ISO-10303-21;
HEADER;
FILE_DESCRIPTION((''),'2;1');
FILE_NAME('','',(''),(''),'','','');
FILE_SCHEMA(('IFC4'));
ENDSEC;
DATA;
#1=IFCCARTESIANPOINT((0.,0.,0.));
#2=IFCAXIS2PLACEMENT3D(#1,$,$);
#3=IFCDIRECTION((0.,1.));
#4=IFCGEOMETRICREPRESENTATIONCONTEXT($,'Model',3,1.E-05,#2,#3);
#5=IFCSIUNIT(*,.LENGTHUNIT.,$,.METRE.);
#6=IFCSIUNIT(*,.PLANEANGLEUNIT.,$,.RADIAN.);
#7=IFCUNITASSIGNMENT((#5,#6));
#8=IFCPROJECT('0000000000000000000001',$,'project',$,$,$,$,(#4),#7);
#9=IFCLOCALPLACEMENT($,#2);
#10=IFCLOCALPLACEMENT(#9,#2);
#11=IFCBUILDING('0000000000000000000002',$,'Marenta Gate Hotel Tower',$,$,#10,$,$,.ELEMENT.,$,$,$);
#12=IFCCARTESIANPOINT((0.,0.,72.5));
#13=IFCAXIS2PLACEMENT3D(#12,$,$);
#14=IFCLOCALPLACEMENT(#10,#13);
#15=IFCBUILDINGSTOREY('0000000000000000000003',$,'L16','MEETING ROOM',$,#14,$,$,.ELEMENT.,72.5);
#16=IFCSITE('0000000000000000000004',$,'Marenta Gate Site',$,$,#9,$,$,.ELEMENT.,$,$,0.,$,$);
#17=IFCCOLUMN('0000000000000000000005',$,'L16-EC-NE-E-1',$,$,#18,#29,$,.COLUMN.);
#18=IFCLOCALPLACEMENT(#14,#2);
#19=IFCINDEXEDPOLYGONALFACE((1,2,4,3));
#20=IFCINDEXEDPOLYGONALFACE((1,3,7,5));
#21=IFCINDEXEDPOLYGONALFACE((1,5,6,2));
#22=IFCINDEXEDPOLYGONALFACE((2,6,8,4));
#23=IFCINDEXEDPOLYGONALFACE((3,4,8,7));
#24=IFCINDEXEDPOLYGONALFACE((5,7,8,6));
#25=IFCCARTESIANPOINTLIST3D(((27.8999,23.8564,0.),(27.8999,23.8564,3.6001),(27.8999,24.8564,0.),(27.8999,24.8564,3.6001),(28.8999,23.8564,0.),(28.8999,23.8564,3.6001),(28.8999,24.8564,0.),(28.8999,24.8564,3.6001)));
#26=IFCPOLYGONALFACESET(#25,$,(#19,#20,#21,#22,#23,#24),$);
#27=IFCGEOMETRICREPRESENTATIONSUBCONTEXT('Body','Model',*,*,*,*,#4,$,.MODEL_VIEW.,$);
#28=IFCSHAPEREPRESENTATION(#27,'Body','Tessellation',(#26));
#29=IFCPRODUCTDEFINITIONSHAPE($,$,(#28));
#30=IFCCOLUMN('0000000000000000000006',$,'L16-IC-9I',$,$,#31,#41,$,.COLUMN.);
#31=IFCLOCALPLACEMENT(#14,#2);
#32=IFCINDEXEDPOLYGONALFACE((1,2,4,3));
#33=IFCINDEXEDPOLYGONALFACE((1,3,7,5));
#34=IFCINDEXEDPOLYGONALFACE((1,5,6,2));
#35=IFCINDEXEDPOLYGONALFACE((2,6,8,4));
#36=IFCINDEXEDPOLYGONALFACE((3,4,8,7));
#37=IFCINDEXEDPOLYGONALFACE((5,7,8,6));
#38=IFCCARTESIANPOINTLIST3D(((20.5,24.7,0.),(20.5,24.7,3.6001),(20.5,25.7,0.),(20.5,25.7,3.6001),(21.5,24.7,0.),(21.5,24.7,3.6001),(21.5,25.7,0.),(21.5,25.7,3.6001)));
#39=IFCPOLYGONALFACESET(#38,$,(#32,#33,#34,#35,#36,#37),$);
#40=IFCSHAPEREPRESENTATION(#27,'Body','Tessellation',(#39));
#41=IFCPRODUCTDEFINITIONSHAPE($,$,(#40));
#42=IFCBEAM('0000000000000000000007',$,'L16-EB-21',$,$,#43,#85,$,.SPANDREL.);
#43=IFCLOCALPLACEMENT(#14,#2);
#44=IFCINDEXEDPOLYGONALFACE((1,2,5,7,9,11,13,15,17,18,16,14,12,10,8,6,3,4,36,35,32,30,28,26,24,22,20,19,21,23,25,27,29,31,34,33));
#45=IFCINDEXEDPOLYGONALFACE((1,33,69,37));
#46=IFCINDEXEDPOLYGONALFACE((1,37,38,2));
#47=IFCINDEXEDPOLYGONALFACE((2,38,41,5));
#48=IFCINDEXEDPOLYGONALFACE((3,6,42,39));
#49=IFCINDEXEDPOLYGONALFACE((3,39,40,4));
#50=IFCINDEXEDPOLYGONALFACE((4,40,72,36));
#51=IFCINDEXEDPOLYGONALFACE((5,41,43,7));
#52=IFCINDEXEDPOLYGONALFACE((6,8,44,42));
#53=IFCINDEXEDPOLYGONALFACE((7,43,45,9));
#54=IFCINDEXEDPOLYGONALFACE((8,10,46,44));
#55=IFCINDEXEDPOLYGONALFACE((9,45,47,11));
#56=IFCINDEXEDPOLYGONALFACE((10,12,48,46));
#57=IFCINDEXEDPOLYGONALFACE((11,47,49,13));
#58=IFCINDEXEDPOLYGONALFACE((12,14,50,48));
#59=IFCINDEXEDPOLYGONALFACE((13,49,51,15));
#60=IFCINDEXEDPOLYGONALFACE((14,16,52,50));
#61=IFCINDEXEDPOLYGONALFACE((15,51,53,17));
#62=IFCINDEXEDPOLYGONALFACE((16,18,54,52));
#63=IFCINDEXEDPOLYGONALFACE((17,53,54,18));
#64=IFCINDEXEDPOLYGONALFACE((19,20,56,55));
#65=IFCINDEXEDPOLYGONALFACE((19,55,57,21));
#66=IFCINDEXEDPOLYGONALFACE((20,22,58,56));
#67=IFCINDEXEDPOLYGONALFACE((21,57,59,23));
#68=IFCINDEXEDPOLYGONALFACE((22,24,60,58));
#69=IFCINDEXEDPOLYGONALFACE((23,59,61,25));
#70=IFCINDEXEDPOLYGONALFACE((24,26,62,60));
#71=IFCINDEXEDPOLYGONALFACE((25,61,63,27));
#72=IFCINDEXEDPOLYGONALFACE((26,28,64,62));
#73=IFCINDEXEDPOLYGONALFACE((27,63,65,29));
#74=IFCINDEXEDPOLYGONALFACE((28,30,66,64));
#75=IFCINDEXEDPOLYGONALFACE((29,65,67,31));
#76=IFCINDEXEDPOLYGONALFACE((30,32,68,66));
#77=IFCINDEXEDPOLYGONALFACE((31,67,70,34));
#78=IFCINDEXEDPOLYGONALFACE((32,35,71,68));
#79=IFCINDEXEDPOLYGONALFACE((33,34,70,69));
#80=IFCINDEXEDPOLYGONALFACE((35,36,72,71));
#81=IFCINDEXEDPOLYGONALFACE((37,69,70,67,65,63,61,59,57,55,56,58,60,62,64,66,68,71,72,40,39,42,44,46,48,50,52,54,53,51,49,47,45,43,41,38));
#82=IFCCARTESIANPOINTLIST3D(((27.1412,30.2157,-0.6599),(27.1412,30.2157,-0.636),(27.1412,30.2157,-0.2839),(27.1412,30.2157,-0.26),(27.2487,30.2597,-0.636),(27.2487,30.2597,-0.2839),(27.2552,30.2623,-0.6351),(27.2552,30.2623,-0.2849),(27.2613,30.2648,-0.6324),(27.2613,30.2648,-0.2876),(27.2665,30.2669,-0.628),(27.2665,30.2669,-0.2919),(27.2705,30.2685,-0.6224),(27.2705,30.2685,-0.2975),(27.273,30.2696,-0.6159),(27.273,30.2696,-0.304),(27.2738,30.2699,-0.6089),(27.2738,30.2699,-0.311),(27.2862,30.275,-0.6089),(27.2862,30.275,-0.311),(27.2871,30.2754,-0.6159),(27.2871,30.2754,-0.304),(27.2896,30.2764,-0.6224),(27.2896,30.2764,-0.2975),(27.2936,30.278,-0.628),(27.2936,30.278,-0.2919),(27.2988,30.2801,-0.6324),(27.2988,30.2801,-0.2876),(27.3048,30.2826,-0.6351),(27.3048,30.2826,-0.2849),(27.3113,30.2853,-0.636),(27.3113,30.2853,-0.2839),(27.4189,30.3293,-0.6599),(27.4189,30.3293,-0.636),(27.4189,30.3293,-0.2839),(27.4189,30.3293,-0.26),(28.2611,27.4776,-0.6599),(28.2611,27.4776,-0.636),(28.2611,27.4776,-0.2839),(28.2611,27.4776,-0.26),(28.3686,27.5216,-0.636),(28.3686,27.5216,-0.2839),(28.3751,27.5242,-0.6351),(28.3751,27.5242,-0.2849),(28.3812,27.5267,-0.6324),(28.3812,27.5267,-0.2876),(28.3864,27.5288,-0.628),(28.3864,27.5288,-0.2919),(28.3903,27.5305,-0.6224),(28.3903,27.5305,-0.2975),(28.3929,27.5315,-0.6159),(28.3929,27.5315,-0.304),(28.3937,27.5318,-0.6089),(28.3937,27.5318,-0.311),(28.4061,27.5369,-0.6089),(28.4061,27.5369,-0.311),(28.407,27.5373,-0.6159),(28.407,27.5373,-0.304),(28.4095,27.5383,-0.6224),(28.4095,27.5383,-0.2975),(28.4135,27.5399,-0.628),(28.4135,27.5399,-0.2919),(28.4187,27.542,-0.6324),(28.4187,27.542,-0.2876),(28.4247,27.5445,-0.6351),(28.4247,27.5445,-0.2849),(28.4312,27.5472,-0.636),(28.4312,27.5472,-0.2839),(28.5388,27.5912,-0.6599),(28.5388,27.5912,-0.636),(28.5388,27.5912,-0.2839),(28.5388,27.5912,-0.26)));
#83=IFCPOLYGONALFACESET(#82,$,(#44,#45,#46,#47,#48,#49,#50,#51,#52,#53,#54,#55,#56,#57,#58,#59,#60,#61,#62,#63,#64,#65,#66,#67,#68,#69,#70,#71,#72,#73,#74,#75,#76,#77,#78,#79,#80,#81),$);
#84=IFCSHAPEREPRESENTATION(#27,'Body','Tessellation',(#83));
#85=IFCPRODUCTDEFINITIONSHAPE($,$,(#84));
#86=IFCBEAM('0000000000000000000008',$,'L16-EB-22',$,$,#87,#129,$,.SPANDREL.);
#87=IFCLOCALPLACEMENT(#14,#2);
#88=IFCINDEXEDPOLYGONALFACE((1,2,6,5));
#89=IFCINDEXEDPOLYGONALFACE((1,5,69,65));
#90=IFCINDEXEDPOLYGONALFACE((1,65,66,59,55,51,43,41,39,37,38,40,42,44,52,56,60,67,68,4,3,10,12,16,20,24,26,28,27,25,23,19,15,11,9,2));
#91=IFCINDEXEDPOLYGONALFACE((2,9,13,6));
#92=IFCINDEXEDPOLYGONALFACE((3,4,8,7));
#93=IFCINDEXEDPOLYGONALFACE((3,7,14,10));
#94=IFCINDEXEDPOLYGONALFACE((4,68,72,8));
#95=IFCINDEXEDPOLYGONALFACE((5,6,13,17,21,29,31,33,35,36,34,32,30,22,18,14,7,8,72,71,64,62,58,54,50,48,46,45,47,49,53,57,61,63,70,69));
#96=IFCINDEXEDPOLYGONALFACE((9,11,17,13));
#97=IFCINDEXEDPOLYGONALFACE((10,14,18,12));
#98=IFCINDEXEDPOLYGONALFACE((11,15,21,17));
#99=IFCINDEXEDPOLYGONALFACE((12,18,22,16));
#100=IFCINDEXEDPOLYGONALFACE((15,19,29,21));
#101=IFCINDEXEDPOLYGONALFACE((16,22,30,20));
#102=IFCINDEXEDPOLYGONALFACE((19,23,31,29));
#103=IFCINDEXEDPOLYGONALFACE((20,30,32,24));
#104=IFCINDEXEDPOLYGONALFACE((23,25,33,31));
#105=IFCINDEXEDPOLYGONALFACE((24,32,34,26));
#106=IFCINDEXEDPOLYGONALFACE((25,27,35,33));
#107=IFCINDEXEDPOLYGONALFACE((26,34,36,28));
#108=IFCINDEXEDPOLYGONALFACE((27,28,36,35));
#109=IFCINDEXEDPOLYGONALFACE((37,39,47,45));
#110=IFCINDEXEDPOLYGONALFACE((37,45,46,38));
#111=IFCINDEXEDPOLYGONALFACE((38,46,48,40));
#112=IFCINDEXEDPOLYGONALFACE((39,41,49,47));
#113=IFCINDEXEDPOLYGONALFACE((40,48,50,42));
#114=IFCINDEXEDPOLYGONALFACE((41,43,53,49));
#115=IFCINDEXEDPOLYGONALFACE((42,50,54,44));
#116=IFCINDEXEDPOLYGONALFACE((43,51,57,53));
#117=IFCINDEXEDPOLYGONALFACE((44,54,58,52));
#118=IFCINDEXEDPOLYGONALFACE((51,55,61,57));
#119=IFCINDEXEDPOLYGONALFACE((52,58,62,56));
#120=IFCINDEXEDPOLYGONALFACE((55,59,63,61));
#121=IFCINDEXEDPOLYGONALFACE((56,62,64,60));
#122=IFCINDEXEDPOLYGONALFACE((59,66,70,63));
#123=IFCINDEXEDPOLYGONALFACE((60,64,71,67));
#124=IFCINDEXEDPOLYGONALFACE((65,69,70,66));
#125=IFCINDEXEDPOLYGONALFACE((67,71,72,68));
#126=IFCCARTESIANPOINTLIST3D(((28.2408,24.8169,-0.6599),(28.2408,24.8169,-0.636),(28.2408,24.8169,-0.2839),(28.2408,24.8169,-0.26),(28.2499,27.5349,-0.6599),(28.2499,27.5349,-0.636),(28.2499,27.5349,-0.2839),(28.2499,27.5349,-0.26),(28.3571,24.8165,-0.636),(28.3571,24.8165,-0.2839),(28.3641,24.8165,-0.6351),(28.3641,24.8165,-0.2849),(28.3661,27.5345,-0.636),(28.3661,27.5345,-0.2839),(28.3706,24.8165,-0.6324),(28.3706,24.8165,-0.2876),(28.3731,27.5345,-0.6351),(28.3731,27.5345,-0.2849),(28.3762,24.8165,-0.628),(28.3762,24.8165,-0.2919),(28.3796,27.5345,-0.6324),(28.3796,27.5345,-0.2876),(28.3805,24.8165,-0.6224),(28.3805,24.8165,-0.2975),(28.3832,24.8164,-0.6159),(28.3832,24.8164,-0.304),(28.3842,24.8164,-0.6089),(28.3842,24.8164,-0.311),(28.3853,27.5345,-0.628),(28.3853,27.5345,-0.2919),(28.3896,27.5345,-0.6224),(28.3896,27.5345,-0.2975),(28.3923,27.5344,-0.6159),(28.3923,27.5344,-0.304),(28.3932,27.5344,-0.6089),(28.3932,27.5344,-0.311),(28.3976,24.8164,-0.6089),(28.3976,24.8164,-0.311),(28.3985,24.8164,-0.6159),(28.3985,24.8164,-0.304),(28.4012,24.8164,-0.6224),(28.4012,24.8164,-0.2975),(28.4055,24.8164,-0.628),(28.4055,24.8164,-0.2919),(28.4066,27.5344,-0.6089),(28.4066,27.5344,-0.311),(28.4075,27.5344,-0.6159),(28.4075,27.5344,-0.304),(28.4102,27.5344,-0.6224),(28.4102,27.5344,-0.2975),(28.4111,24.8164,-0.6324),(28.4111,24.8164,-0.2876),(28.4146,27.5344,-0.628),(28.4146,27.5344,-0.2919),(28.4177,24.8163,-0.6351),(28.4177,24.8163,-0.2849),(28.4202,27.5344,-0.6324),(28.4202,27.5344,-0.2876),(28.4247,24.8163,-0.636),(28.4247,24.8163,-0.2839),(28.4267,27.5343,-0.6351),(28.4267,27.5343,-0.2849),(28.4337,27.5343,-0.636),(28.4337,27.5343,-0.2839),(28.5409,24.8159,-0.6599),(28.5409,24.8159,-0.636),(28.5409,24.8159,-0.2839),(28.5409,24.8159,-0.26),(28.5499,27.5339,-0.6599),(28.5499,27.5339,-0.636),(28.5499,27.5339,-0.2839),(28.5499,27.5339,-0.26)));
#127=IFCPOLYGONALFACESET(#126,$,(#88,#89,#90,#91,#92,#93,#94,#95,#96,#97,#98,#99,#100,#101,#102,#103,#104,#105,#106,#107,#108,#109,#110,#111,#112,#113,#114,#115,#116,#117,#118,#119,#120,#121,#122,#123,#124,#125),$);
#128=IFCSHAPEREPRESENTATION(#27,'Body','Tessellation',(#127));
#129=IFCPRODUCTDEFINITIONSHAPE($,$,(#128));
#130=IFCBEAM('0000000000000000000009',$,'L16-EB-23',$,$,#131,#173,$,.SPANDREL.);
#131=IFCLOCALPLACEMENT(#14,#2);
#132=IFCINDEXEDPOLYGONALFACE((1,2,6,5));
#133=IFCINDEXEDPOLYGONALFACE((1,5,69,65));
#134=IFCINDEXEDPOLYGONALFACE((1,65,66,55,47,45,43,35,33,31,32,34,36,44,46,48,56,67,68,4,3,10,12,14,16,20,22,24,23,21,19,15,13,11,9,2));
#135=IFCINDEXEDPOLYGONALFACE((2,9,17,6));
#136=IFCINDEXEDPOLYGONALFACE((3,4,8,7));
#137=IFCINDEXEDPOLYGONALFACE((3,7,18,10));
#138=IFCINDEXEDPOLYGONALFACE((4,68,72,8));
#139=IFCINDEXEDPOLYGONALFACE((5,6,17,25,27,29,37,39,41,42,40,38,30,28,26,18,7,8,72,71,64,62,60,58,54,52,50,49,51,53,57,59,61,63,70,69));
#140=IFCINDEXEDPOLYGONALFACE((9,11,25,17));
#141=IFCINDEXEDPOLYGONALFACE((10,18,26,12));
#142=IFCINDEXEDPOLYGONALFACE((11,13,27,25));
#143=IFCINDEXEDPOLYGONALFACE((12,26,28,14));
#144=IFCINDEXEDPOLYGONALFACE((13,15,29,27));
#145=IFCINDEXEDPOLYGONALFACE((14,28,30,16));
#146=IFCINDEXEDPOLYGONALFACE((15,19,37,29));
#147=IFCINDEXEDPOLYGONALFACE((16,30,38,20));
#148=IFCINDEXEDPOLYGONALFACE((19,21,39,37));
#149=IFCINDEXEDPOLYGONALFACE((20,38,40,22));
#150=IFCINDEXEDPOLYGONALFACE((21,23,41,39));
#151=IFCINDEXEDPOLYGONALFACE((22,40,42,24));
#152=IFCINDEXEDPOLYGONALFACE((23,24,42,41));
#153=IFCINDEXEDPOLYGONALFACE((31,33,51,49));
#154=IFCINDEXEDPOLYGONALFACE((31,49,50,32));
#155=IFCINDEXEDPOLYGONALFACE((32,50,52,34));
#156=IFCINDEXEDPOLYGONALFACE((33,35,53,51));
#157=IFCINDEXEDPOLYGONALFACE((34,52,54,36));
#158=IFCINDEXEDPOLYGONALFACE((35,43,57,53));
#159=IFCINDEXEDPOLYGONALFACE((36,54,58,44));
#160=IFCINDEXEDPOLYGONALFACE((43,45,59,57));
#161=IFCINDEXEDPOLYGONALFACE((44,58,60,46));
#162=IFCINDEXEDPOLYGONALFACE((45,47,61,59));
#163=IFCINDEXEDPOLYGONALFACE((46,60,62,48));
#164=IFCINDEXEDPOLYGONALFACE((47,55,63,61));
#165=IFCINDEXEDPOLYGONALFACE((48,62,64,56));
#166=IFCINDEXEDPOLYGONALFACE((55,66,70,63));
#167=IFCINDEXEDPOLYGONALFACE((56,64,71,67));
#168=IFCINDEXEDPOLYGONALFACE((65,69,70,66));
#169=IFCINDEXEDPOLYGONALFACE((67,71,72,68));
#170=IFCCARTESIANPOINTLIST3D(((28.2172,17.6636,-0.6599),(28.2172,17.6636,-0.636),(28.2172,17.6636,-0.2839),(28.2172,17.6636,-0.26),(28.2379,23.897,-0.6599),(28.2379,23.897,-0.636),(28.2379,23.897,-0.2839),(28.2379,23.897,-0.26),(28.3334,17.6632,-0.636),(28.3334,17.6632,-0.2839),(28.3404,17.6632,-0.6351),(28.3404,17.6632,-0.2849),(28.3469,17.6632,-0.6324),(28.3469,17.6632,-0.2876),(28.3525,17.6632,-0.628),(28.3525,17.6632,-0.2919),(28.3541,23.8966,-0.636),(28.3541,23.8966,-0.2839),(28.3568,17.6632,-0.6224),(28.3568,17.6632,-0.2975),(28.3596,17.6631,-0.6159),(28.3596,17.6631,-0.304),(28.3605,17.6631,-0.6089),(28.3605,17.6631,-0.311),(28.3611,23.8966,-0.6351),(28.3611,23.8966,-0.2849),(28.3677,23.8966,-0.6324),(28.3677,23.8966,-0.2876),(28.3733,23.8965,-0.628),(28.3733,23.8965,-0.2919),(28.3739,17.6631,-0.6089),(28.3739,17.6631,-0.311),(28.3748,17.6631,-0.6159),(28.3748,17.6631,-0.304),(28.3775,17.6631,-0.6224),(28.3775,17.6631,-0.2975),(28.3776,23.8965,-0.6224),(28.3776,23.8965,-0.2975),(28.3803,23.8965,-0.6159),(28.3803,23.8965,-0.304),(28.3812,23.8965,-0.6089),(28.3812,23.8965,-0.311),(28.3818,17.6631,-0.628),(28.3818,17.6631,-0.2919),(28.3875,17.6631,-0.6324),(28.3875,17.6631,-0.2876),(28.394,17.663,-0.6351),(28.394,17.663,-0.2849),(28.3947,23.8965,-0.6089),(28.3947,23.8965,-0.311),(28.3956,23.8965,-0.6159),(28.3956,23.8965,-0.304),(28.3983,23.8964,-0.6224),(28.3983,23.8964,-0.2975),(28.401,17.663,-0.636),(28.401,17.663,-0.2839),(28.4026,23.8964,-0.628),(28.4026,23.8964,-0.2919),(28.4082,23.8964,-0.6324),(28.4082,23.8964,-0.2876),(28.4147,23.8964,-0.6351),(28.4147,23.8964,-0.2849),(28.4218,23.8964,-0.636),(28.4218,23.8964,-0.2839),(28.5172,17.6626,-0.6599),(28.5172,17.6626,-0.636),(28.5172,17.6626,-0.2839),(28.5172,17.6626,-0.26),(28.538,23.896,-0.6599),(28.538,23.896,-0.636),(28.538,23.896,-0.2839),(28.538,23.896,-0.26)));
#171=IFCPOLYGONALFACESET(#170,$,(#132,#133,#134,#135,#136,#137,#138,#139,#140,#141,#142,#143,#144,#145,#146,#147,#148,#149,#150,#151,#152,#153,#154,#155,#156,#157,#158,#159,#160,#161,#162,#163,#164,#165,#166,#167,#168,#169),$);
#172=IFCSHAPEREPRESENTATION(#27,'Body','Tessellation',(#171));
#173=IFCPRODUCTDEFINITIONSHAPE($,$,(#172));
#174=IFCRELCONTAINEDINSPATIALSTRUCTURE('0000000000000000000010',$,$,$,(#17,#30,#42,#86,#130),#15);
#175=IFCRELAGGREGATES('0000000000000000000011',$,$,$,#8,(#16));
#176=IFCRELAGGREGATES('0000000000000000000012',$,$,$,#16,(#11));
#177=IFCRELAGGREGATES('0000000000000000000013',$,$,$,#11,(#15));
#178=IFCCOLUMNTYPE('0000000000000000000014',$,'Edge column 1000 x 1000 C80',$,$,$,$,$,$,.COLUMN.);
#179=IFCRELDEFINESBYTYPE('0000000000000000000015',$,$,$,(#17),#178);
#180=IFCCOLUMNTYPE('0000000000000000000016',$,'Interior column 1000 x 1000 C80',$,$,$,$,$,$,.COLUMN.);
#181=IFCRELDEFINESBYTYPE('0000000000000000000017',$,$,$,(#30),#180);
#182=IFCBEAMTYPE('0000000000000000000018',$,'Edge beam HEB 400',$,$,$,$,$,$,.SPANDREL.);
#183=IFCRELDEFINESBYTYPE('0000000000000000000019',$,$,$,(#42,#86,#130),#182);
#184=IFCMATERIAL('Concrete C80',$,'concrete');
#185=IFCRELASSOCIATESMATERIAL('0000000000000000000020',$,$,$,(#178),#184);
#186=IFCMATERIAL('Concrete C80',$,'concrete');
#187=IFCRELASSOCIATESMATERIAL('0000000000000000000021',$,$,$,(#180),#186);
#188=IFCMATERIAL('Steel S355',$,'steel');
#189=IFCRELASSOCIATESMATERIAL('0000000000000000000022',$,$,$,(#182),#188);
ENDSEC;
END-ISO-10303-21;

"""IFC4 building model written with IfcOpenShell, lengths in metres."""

from ifc_helpers import new_model, si_unit, direction, frame, origin, origin_2d, place, context, subcontext, project, spatial, rectangle, i_section, extrude, material, material_profile, profile_set, type_object, element, save


model = new_model("IFC4")

# Units and contexts
model_context = context("Model", 3, precision=1e-05, world=origin(), true_north=direction((0.0, 1.0)))
body_context = subcontext(model_context, "Body", "Model", "MODEL_VIEW")
ifc_project = project(units=[si_unit("LENGTHUNIT", "METRE"), si_unit("PLANEANGLEUNIT", "RADIAN")], contexts=[model_context])

# Site, building, storey
site_placement = place(None, origin())
site = spatial("IfcSite", under=ifc_project, at=site_placement, Name="Marenta Gate Site", CompositionType="ELEMENT", RefElevation=0.0)
building_placement = place(site_placement, origin())
building = spatial("IfcBuilding", under=site, at=building_placement, Name="Marenta Gate Hotel Tower", CompositionType="ELEMENT")
storey_placement = place(building_placement, frame((0.0, 0.0, 72.5)))
storey = spatial("IfcBuildingStorey", under=building, at=storey_placement, Name="L16", Description="MEETING ROOM", CompositionType="ELEMENT", Elevation=72.5)

# Columns
ifc_material_1 = material(Name="Concrete C80", Category="concrete")
ifc_material_profile_1 = material_profile(ifc_material_1, rectangle(XDim=1.0, YDim=1.0, at=origin_2d()), Name="1000 x 1000")
ifc_profile_set_1 = profile_set([ifc_material_profile_1], Name="Concrete C80")
column_type_1 = type_object("IfcColumnType", Name="Edge column 1000 x 1000 C80", PredefinedType="COLUMN", material=ifc_profile_set_1)
column_1_placement = place(storey_placement, frame((28.3999, 24.3564, 0.0), z_axis=(0.0, 0.0, 1.0), x_axis=(1.0, 0.0, 0.0)))
element("IfcColumn", 1, at=column_1_placement, inside=storey, type_object=column_type_1, Name="L16-EC-NE-E-1", PredefinedType="COLUMN", context=body_context, shape_type="SweptSolid", body=[
    extrude(rectangle(XDim=1.0, YDim=1.0, at=origin_2d()), origin(), (0.0, 0.0, 1.0), 3.6001),
])
ifc_material_2 = material(Name="Concrete C80", Category="concrete")
ifc_material_profile_2 = material_profile(ifc_material_2, rectangle(XDim=1.0, YDim=1.0, at=origin_2d()), Name="1000 x 1000")
ifc_profile_set_2 = profile_set([ifc_material_profile_2], Name="Concrete C80")
column_type_2 = type_object("IfcColumnType", Name="Interior column 1000 x 1000 C80", PredefinedType="COLUMN", material=ifc_profile_set_2)
column_2_placement = place(storey_placement, frame((21.0, 25.2, 0.0), z_axis=(0.0, 0.0, 1.0), x_axis=(1.0, 0.0, 0.0)))
element("IfcColumn", 2, at=column_2_placement, inside=storey, type_object=column_type_2, Name="L16-IC-9I", PredefinedType="COLUMN", context=body_context, shape_type="SweptSolid", body=[
    extrude(rectangle(XDim=1.0, YDim=1.0, at=origin_2d()), origin(), (0.0, 0.0, 1.0), 3.6001),
])

# Beams
ifc_material_3 = material(Name="Steel S355", Category="steel")
ifc_material_profile_3 = material_profile(ifc_material_3, i_section(OverallWidth=0.3, OverallDepth=0.3999, WebThickness=0.0134, FlangeThickness=0.0239, FilletRadius=0.0271, at=origin_2d()), Name="HEB 400")
ifc_profile_set_3 = profile_set([ifc_material_profile_3], Name="Steel S355")
beam_type_1 = type_object("IfcBeamType", Name="Edge beam HEB 400", PredefinedType="SPANDREL", material=ifc_profile_set_3)
beam_1_placement = place(storey_placement, frame((27.28, 30.2725, -0.46), z_axis=(0.378565, -0.925575, 0.0), x_axis=(0.925575, 0.378565, 0.0)))
element("IfcBeam", 3, at=beam_1_placement, inside=storey, type_object=beam_type_1, Name="L16-EB-21", PredefinedType="SPANDREL", context=body_context, shape_type="SweptSolid", body=[
    extrude(i_section(OverallWidth=0.3, OverallDepth=0.3999, WebThickness=0.0134, FlangeThickness=0.0239, FilletRadius=0.0271, at=origin_2d()), origin(), (0.0, 0.0, 1.0), 2.9583),
])
beam_2_placement = place(storey_placement, frame((28.3999, 27.5344, -0.46), z_axis=(-0.003323, -0.999994, 0.0), x_axis=(0.999994, -0.003323, 0.0)))
element("IfcBeam", 4, at=beam_2_placement, inside=storey, type_object=beam_type_1, Name="L16-EB-22", PredefinedType="SPANDREL", context=body_context, shape_type="SweptSolid", body=[
    extrude(i_section(OverallWidth=0.3, OverallDepth=0.3999, WebThickness=0.0134, FlangeThickness=0.0239, FilletRadius=0.0271, at=origin_2d()), origin(), (0.0, 0.0, 1.0), 2.718),
])
beam_3_placement = place(storey_placement, frame((28.3879, 23.8965, -0.46), z_axis=(-0.003329, -0.999994, 0.0), x_axis=(0.999994, -0.003329, 0.0)))
element("IfcBeam", 5, at=beam_3_placement, inside=storey, type_object=beam_type_1, Name="L16-EB-23", PredefinedType="SPANDREL", context=body_context, shape_type="SweptSolid", body=[
    extrude(i_section(OverallWidth=0.3, OverallDepth=0.3999, WebThickness=0.0134, FlangeThickness=0.0239, FilletRadius=0.0271, at=origin_2d()), origin(), (0.0, 0.0, 1.0), 6.2334),
])

save(model, "model.ifc")
